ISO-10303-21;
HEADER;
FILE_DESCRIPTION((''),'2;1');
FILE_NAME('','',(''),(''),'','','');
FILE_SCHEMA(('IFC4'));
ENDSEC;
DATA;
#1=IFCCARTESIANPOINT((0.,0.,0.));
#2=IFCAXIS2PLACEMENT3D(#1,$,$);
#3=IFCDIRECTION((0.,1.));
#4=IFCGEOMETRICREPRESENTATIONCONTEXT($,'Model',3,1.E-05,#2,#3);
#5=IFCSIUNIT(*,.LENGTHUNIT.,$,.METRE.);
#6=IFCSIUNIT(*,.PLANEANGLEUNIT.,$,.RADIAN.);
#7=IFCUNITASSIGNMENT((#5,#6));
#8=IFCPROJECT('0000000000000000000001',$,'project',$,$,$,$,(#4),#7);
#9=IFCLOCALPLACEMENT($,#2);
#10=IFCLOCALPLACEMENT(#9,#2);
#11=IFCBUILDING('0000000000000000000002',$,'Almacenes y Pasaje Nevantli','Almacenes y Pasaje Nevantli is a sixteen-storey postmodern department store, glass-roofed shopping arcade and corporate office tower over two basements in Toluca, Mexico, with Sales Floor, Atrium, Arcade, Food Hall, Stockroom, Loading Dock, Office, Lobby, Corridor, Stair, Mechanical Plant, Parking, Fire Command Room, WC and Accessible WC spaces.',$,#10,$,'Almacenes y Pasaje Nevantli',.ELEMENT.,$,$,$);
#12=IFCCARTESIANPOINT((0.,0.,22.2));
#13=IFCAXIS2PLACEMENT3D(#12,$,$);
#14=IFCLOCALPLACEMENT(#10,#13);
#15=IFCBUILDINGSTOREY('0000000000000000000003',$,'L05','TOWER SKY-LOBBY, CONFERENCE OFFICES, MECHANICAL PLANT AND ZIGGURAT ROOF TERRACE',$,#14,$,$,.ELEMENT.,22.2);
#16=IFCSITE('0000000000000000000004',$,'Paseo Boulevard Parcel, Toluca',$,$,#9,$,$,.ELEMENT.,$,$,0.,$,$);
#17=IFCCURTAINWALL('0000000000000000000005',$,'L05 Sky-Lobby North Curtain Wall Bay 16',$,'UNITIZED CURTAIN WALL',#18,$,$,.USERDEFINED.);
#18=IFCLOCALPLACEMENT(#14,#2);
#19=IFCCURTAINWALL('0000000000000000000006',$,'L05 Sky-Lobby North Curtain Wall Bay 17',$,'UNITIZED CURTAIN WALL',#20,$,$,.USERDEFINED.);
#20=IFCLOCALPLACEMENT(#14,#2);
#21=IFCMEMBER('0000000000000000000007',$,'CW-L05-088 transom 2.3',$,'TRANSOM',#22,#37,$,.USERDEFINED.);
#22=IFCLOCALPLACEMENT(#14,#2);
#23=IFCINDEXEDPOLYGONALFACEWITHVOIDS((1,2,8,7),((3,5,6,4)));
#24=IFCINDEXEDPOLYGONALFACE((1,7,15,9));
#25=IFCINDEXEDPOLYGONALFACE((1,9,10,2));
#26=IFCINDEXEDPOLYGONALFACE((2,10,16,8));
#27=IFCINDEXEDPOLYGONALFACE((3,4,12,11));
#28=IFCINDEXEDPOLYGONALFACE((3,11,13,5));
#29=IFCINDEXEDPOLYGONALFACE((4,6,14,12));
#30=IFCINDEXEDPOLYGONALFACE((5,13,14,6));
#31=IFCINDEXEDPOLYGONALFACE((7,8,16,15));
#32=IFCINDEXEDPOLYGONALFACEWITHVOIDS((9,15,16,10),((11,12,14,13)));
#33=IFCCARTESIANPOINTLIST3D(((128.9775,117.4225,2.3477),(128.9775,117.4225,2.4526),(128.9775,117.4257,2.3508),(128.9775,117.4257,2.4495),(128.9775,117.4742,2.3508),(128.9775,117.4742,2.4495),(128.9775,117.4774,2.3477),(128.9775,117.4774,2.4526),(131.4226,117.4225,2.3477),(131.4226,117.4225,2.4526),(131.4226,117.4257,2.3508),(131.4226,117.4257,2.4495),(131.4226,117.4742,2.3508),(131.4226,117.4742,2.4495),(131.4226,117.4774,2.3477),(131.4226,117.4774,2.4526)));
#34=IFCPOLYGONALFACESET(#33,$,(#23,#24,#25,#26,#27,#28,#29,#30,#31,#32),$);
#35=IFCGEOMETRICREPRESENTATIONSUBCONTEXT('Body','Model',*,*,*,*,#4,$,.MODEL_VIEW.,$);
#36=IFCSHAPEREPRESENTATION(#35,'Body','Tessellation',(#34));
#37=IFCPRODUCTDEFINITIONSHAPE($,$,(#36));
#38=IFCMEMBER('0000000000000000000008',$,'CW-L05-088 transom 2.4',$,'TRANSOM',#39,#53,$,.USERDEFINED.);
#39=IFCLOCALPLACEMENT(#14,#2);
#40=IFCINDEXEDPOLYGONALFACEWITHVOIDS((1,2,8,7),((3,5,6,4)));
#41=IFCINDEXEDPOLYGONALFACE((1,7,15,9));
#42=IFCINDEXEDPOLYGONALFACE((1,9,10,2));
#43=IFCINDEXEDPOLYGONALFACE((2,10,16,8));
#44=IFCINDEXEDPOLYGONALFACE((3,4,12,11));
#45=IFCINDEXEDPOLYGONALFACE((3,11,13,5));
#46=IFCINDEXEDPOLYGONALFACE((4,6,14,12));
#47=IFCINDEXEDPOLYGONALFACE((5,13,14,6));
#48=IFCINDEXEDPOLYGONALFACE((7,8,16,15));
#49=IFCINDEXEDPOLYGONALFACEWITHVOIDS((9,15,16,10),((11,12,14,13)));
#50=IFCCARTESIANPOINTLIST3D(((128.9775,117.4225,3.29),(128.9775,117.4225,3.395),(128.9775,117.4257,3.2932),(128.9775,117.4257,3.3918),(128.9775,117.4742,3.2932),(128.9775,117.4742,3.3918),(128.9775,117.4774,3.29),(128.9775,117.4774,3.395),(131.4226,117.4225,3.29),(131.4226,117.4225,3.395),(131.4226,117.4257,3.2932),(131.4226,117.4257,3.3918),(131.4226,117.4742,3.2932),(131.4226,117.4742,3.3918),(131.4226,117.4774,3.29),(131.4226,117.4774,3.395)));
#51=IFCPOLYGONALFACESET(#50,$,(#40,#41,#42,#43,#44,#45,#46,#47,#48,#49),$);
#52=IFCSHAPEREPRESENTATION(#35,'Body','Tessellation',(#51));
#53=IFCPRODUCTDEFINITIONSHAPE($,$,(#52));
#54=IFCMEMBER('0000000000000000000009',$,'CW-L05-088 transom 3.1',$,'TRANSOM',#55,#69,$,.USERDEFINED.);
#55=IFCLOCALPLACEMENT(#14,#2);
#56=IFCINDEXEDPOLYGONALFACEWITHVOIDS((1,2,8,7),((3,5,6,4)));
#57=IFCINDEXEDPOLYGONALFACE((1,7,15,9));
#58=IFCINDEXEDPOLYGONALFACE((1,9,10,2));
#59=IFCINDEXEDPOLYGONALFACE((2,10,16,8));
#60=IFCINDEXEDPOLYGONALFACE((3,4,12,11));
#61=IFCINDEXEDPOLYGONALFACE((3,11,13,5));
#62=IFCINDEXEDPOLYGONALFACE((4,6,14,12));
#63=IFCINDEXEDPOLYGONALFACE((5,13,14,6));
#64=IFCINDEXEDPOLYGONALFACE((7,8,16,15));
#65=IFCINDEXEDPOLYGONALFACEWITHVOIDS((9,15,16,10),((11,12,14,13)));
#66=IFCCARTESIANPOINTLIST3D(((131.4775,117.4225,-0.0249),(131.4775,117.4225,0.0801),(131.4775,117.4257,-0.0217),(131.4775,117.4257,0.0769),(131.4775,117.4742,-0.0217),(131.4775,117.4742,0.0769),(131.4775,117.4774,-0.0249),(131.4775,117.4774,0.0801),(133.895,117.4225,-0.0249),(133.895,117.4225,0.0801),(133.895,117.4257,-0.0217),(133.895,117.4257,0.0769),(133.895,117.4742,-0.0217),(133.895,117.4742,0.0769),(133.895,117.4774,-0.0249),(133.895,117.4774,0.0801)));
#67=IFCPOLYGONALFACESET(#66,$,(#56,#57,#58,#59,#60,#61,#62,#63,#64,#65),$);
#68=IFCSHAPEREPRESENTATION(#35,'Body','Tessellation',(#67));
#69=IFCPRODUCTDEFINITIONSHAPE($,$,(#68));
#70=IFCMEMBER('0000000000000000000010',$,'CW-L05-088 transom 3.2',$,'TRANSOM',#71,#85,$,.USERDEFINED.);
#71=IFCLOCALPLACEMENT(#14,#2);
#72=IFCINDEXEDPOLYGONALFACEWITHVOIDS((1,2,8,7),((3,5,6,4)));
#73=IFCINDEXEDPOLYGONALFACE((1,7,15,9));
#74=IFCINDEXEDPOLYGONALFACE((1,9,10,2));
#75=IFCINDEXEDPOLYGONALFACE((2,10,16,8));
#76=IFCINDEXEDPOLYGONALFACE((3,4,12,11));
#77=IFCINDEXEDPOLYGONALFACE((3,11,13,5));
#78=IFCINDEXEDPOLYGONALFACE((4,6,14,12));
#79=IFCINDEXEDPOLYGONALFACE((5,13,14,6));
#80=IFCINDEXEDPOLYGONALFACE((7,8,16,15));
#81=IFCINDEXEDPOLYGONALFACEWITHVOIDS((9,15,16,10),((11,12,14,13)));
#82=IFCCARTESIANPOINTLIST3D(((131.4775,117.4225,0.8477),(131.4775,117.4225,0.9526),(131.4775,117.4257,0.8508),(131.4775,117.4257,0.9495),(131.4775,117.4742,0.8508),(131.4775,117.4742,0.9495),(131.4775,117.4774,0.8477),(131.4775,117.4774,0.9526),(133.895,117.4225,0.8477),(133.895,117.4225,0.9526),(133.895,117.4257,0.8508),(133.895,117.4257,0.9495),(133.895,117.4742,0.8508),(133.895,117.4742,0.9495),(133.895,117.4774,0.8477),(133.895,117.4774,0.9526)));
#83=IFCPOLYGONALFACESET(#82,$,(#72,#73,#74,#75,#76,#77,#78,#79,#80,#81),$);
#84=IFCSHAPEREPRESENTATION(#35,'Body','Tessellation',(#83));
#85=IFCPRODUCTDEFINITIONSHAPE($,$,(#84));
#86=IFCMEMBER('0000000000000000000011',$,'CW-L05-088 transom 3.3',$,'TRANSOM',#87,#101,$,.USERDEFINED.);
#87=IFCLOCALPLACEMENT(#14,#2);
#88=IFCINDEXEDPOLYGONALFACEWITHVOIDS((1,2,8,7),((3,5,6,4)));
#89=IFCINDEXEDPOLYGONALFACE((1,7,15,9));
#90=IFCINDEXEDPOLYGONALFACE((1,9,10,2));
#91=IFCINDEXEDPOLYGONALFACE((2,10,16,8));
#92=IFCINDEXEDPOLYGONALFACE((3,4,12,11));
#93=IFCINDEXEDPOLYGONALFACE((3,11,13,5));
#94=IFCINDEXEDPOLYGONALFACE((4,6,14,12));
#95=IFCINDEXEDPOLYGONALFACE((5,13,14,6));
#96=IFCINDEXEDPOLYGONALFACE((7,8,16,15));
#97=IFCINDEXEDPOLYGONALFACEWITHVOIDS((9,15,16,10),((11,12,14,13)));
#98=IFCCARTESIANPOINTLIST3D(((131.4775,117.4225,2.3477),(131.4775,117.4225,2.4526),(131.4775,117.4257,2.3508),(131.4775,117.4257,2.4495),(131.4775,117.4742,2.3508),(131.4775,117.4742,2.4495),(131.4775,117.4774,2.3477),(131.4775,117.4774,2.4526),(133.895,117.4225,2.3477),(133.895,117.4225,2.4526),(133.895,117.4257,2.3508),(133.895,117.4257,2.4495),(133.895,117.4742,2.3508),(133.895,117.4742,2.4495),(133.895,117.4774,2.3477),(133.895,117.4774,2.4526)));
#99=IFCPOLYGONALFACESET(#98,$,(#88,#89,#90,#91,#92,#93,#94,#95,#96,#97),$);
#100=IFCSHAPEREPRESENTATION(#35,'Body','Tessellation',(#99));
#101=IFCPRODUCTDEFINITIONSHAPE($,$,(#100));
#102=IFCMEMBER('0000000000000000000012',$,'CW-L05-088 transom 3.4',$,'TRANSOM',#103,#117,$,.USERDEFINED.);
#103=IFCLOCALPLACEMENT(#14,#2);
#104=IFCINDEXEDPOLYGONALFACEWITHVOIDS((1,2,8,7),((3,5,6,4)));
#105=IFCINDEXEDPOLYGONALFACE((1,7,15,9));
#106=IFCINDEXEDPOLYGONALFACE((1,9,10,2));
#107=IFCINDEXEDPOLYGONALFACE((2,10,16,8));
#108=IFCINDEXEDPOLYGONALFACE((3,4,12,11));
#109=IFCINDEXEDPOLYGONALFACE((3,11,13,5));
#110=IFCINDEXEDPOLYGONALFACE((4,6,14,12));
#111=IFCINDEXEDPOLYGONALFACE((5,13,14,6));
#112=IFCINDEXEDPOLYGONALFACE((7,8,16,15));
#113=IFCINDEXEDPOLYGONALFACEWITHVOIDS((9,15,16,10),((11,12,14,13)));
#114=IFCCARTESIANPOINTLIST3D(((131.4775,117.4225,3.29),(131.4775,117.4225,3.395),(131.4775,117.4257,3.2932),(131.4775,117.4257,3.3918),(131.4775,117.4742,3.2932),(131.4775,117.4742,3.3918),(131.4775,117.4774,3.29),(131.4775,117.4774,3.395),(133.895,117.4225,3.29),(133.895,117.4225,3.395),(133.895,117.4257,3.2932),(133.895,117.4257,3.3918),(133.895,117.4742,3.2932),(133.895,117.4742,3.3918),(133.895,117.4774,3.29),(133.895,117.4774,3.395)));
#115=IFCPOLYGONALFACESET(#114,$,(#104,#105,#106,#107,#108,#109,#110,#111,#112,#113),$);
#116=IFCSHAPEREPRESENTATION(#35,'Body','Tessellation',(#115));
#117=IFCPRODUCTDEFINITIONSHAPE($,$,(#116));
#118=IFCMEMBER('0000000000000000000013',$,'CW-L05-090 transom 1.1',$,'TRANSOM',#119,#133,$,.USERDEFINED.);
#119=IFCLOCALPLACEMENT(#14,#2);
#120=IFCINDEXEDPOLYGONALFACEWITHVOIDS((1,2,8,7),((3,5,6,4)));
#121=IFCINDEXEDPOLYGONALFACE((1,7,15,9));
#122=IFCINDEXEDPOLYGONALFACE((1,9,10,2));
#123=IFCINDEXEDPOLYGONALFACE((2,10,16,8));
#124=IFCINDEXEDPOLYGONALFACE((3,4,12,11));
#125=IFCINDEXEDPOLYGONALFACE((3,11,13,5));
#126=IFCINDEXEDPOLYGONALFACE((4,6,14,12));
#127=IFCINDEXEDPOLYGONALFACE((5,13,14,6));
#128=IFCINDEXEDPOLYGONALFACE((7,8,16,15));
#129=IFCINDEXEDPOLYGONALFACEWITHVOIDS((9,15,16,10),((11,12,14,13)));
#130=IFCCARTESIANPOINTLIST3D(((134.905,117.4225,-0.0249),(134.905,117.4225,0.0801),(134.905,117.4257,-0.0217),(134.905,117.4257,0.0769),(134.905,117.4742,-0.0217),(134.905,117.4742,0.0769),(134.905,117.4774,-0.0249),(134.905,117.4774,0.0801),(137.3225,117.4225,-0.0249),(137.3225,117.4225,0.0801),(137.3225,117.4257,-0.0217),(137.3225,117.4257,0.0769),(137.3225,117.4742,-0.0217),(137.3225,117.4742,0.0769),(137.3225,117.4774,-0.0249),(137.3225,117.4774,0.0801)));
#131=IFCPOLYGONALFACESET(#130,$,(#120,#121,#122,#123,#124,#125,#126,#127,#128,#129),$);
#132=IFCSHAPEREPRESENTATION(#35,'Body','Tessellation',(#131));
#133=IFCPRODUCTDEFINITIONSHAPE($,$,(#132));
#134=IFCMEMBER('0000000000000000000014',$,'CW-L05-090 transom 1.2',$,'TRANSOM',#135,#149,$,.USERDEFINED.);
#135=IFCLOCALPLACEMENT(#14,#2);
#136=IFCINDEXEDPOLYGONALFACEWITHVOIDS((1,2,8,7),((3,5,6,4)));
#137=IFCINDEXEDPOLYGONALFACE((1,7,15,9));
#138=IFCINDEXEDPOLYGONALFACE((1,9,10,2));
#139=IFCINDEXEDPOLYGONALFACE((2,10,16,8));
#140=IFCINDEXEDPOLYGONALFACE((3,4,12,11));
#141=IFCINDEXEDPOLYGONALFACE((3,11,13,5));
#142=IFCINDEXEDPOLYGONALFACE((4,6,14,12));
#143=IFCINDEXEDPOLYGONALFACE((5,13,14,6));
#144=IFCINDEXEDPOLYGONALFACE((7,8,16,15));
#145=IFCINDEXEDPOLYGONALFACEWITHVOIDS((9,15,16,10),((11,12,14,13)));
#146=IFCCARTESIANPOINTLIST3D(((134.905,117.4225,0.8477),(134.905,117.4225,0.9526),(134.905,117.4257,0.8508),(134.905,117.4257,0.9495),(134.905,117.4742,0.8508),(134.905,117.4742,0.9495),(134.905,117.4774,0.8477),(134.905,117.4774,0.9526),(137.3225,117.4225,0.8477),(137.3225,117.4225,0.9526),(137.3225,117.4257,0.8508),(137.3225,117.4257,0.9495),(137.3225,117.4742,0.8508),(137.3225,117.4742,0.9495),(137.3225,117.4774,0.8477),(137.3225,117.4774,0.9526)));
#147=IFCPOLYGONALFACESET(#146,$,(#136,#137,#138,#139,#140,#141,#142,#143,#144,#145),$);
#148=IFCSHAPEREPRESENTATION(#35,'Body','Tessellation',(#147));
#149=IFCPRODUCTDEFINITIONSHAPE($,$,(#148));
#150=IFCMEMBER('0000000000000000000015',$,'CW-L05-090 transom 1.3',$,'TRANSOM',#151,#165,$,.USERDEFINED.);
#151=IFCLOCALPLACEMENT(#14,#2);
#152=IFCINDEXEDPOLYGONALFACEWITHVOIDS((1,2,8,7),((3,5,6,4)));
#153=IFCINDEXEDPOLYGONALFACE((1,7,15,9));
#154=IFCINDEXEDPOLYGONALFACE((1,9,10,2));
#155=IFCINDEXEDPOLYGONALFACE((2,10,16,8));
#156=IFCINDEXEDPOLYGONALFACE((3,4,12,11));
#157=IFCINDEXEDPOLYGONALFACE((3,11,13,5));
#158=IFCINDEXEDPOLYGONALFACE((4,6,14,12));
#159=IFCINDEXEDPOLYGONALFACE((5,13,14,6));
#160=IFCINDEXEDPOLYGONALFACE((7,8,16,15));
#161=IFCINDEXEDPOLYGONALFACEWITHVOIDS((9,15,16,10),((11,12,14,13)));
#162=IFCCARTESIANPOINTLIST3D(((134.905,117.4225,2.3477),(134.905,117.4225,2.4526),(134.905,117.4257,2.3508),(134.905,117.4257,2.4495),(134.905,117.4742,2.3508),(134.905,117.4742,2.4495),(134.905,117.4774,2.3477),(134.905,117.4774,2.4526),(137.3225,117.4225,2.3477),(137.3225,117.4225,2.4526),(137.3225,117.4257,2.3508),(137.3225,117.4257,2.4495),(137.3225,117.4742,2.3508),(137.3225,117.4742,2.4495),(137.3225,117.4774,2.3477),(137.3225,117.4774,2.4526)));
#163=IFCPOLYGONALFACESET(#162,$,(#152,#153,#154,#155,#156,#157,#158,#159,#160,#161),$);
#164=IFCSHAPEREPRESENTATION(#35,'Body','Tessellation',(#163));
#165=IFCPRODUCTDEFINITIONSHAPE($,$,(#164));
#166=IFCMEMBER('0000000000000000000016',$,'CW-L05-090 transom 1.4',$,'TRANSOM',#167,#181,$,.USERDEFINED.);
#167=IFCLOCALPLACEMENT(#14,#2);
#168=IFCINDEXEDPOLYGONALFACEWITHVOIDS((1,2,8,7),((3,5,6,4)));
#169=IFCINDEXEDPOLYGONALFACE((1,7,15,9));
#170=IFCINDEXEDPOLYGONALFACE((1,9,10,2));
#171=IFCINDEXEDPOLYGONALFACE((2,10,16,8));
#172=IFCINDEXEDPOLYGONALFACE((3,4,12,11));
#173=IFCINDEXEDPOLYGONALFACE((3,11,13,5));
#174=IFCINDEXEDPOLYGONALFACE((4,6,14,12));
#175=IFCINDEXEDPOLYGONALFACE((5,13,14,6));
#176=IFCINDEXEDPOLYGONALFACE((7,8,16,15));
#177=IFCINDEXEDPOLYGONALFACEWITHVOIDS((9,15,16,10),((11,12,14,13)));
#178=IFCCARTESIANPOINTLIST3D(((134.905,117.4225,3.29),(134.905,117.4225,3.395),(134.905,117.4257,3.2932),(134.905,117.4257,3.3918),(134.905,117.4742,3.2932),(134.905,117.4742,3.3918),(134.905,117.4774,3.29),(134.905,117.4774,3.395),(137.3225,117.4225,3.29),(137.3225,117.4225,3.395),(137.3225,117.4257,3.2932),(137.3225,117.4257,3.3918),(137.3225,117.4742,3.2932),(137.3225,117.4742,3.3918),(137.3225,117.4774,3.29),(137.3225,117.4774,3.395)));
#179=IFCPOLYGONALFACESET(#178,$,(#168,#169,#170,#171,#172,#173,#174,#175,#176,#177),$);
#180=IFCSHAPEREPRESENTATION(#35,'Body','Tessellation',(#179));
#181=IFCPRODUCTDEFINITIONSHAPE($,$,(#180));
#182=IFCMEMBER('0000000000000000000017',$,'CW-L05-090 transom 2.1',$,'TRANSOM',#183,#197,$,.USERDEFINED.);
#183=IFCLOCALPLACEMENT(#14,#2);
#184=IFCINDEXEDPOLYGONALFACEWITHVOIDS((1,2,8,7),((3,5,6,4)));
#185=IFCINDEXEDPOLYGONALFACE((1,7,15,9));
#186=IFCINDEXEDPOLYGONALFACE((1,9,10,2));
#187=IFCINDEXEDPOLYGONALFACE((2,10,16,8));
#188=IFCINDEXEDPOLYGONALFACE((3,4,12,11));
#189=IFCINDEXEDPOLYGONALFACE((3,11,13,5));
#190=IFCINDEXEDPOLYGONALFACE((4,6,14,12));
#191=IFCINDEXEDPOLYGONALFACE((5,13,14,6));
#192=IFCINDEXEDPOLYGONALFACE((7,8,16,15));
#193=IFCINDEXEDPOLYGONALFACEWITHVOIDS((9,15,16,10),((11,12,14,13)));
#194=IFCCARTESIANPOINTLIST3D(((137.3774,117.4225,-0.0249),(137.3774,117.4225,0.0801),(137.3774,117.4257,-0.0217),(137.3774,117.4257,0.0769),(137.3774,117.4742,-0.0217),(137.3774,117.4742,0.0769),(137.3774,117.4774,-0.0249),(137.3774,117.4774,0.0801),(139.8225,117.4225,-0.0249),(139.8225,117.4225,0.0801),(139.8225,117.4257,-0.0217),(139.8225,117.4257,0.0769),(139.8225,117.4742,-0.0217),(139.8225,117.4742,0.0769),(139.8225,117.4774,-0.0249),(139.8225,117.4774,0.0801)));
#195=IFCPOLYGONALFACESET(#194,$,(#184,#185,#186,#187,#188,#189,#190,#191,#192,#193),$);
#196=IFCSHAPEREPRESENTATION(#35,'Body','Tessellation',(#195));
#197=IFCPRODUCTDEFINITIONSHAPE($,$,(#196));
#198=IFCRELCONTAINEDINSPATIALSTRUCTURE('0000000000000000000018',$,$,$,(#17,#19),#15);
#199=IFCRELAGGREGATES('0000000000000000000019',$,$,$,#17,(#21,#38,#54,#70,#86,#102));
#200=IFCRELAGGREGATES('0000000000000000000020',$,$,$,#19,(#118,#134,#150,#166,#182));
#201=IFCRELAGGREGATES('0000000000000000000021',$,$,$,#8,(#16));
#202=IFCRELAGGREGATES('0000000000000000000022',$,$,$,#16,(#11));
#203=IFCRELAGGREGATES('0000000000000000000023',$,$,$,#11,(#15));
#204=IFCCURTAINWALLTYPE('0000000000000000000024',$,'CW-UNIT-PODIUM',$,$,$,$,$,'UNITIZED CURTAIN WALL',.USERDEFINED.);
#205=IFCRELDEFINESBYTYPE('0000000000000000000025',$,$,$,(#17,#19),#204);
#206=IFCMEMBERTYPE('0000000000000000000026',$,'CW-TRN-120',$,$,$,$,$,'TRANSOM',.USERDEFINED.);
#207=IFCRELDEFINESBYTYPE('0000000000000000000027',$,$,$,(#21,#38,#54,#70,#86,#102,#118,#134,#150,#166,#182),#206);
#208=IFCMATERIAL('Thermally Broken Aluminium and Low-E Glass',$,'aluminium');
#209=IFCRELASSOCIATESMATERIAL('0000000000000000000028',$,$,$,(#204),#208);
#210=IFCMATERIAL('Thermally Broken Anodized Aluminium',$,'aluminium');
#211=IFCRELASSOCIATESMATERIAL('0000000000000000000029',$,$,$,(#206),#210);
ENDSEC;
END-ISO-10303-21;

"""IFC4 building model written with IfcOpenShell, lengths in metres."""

from ifc_helpers import new_model, si_unit, direction, frame, origin, origin_2d, place, context, subcontext, project, spatial, hollow_rectangle, extrude, material, material_profile, profile_set, type_object, element, aggregate, save


model = new_model("IFC4")

# Units and contexts
model_context = context("Model", 3, precision=1e-05, world=origin(), true_north=direction((0.0, 1.0)))
body_context = subcontext(model_context, "Body", "Model", "MODEL_VIEW")
ifc_project = project(units=[si_unit("LENGTHUNIT", "METRE"), si_unit("PLANEANGLEUNIT", "RADIAN")], contexts=[model_context])

# Site, building, storey
site_placement = place(None, origin())
site = spatial("IfcSite", under=ifc_project, at=site_placement, Name="Paseo Boulevard Parcel, Toluca", CompositionType="ELEMENT", RefElevation=0.0)
building_placement = place(site_placement, origin())
building = spatial("IfcBuilding", under=site, at=building_placement, Name="Almacenes y Pasaje Nevantli", Description="Almacenes y Pasaje Nevantli is a sixteen-storey postmodern department store, glass-roofed shopping arcade and corporate office tower over two basements in Toluca, Mexico, with Sales Floor, Atrium, Arcade, Food Hall, Stockroom, Loading Dock, Office, Lobby, Corridor, Stair, Mechanical Plant, Parking, Fire Command Room, WC and Accessible WC spaces.", LongName="Almacenes y Pasaje Nevantli", CompositionType="ELEMENT")
storey_placement = place(building_placement, frame((0.0, 0.0, 22.2)))
storey = spatial("IfcBuildingStorey", under=building, at=storey_placement, Name="L05", Description="TOWER SKY-LOBBY, CONFERENCE OFFICES, MECHANICAL PLANT AND ZIGGURAT ROOF TERRACE", CompositionType="ELEMENT", Elevation=22.2)

# Curtain walls
ifc_material_1 = material(Name="Thermally Broken Aluminium and Low-E Glass", Category="aluminium")
curtain_wall_type = type_object("IfcCurtainWallType", Name="CW-UNIT-PODIUM", ElementType="UNITIZED CURTAIN WALL", PredefinedType="USERDEFINED", material=ifc_material_1)
curtain_wall_1_placement = place(storey_placement, origin())
curtain_wall_1 = element("IfcCurtainWall", 1, at=curtain_wall_1_placement, inside=storey, type_object=curtain_wall_type, Name="L05 Sky-Lobby North Curtain Wall Bay 16", ObjectType="UNITIZED CURTAIN WALL", PredefinedType="USERDEFINED")
curtain_wall_2_placement = place(storey_placement, origin())
curtain_wall_2 = element("IfcCurtainWall", 2, at=curtain_wall_2_placement, inside=storey, type_object=curtain_wall_type, Name="L05 Sky-Lobby North Curtain Wall Bay 17", ObjectType="UNITIZED CURTAIN WALL", PredefinedType="USERDEFINED")

# Members
ifc_material_2 = material(Name="Thermally Broken Anodized Aluminium", Category="aluminium")
ifc_material_profile_1 = material_profile(ifc_material_2, hollow_rectangle(XDim=0.0549, YDim=0.105, WallThickness=0.0032, at=origin_2d()), Name="ALU-TRN-55x105")
ifc_profile_set_1 = profile_set([ifc_material_profile_1], Name="Thermally Broken Anodized Aluminium")
member_type_1 = type_object("IfcMemberType", Name="CW-TRN-120", ElementType="TRANSOM", PredefinedType="USERDEFINED", material=ifc_profile_set_1)
member_1_placement = place(storey_placement, frame((128.9775, 117.45, 2.4001), z_axis=(1.0, 0.0, 0.0), x_axis=(0.0, 1.0, 0.0)))
member_1 = element("IfcMember", 3, at=member_1_placement, type_object=member_type_1, Name="CW-L05-088 transom 2.3", ObjectType="TRANSOM", PredefinedType="USERDEFINED", context=body_context, shape_type="SweptSolid", body=[
    extrude(hollow_rectangle(XDim=0.0549, YDim=0.105, WallThickness=0.0032, at=origin_2d()), origin(), (0.0, 0.0, 1.0), 2.4451),
])
member_2_placement = place(storey_placement, frame((128.9775, 117.45, 3.3425), z_axis=(1.0, 0.0, 0.0), x_axis=(0.0, 1.0, 0.0)))
member_2 = element("IfcMember", 4, at=member_2_placement, type_object=member_type_1, Name="CW-L05-088 transom 2.4", ObjectType="TRANSOM", PredefinedType="USERDEFINED", context=body_context, shape_type="SweptSolid", body=[
    extrude(hollow_rectangle(XDim=0.0549, YDim=0.105, WallThickness=0.0032, at=origin_2d()), origin(), (0.0, 0.0, 1.0), 2.4451),
])
member_3_placement = place(storey_placement, frame((131.4775, 117.45, 0.0276), z_axis=(1.0, 0.0, 0.0), x_axis=(0.0, 1.0, 0.0)))
member_3 = element("IfcMember", 5, at=member_3_placement, type_object=member_type_1, Name="CW-L05-088 transom 3.1", ObjectType="TRANSOM", PredefinedType="USERDEFINED", context=body_context, shape_type="SweptSolid", body=[
    extrude(hollow_rectangle(XDim=0.0549, YDim=0.105, WallThickness=0.0032, at=origin_2d()), origin(), (0.0, 0.0, 1.0), 2.4175),
])
member_4_placement = place(storey_placement, frame((131.4775, 117.45, 0.9001), z_axis=(1.0, 0.0, 0.0), x_axis=(0.0, 1.0, 0.0)))
member_4 = element("IfcMember", 6, at=member_4_placement, type_object=member_type_1, Name="CW-L05-088 transom 3.2", ObjectType="TRANSOM", PredefinedType="USERDEFINED", context=body_context, shape_type="SweptSolid", body=[
    extrude(hollow_rectangle(XDim=0.0549, YDim=0.105, WallThickness=0.0032, at=origin_2d()), origin(), (0.0, 0.0, 1.0), 2.4175),
])
member_5_placement = place(storey_placement, frame((131.4775, 117.45, 2.4001), z_axis=(1.0, 0.0, 0.0), x_axis=(0.0, 1.0, 0.0)))
member_5 = element("IfcMember", 7, at=member_5_placement, type_object=member_type_1, Name="CW-L05-088 transom 3.3", ObjectType="TRANSOM", PredefinedType="USERDEFINED", context=body_context, shape_type="SweptSolid", body=[
    extrude(hollow_rectangle(XDim=0.0549, YDim=0.105, WallThickness=0.0032, at=origin_2d()), origin(), (0.0, 0.0, 1.0), 2.4175),
])
member_6_placement = place(storey_placement, frame((131.4775, 117.45, 3.3425), z_axis=(1.0, 0.0, 0.0), x_axis=(0.0, 1.0, 0.0)))
member_6 = element("IfcMember", 8, at=member_6_placement, type_object=member_type_1, Name="CW-L05-088 transom 3.4", ObjectType="TRANSOM", PredefinedType="USERDEFINED", context=body_context, shape_type="SweptSolid", body=[
    extrude(hollow_rectangle(XDim=0.0549, YDim=0.105, WallThickness=0.0032, at=origin_2d()), origin(), (0.0, 0.0, 1.0), 2.4175),
])
member_7_placement = place(storey_placement, frame((134.905, 117.45, 0.0276), z_axis=(1.0, 0.0, 0.0), x_axis=(0.0, 1.0, 0.0)))
member_7 = element("IfcMember", 9, at=member_7_placement, type_object=member_type_1, Name="CW-L05-090 transom 1.1", ObjectType="TRANSOM", PredefinedType="USERDEFINED", context=body_context, shape_type="SweptSolid", body=[
    extrude(hollow_rectangle(XDim=0.0549, YDim=0.105, WallThickness=0.0032, at=origin_2d()), origin(), (0.0, 0.0, 1.0), 2.4175),
])
member_8_placement = place(storey_placement, frame((134.905, 117.45, 0.9001), z_axis=(1.0, 0.0, 0.0), x_axis=(0.0, 1.0, 0.0)))
member_8 = element("IfcMember", 10, at=member_8_placement, type_object=member_type_1, Name="CW-L05-090 transom 1.2", ObjectType="TRANSOM", PredefinedType="USERDEFINED", context=body_context, shape_type="SweptSolid", body=[
    extrude(hollow_rectangle(XDim=0.0549, YDim=0.105, WallThickness=0.0032, at=origin_2d()), origin(), (0.0, 0.0, 1.0), 2.4175),
])
member_9_placement = place(storey_placement, frame((134.905, 117.45, 2.4001), z_axis=(1.0, 0.0, 0.0), x_axis=(0.0, 1.0, 0.0)))
member_9 = element("IfcMember", 11, at=member_9_placement, type_object=member_type_1, Name="CW-L05-090 transom 1.3", ObjectType="TRANSOM", PredefinedType="USERDEFINED", context=body_context, shape_type="SweptSolid", body=[
    extrude(hollow_rectangle(XDim=0.0549, YDim=0.105, WallThickness=0.0032, at=origin_2d()), origin(), (0.0, 0.0, 1.0), 2.4175),
])
member_10_placement = place(storey_placement, frame((134.905, 117.45, 3.3425), z_axis=(1.0, 0.0, 0.0), x_axis=(0.0, 1.0, 0.0)))
member_10 = element("IfcMember", 12, at=member_10_placement, type_object=member_type_1, Name="CW-L05-090 transom 1.4", ObjectType="TRANSOM", PredefinedType="USERDEFINED", context=body_context, shape_type="SweptSolid", body=[
    extrude(hollow_rectangle(XDim=0.0549, YDim=0.105, WallThickness=0.0032, at=origin_2d()), origin(), (0.0, 0.0, 1.0), 2.4175),
])
member_11_placement = place(storey_placement, frame((137.3774, 117.45, 0.0276), z_axis=(1.0, 0.0, 0.0), x_axis=(0.0, 1.0, 0.0)))
member_11 = element("IfcMember", 13, at=member_11_placement, type_object=member_type_1, Name="CW-L05-090 transom 2.1", ObjectType="TRANSOM", PredefinedType="USERDEFINED", context=body_context, shape_type="SweptSolid", body=[
    extrude(hollow_rectangle(XDim=0.0549, YDim=0.105, WallThickness=0.0032, at=origin_2d()), origin(), (0.0, 0.0, 1.0), 2.4451),
])

aggregate(curtain_wall_1, [member_1, member_2, member_3, member_4, member_5, member_6])
aggregate(curtain_wall_2, [member_7, member_8, member_9, member_10, member_11])

save(model, "model.ifc")
